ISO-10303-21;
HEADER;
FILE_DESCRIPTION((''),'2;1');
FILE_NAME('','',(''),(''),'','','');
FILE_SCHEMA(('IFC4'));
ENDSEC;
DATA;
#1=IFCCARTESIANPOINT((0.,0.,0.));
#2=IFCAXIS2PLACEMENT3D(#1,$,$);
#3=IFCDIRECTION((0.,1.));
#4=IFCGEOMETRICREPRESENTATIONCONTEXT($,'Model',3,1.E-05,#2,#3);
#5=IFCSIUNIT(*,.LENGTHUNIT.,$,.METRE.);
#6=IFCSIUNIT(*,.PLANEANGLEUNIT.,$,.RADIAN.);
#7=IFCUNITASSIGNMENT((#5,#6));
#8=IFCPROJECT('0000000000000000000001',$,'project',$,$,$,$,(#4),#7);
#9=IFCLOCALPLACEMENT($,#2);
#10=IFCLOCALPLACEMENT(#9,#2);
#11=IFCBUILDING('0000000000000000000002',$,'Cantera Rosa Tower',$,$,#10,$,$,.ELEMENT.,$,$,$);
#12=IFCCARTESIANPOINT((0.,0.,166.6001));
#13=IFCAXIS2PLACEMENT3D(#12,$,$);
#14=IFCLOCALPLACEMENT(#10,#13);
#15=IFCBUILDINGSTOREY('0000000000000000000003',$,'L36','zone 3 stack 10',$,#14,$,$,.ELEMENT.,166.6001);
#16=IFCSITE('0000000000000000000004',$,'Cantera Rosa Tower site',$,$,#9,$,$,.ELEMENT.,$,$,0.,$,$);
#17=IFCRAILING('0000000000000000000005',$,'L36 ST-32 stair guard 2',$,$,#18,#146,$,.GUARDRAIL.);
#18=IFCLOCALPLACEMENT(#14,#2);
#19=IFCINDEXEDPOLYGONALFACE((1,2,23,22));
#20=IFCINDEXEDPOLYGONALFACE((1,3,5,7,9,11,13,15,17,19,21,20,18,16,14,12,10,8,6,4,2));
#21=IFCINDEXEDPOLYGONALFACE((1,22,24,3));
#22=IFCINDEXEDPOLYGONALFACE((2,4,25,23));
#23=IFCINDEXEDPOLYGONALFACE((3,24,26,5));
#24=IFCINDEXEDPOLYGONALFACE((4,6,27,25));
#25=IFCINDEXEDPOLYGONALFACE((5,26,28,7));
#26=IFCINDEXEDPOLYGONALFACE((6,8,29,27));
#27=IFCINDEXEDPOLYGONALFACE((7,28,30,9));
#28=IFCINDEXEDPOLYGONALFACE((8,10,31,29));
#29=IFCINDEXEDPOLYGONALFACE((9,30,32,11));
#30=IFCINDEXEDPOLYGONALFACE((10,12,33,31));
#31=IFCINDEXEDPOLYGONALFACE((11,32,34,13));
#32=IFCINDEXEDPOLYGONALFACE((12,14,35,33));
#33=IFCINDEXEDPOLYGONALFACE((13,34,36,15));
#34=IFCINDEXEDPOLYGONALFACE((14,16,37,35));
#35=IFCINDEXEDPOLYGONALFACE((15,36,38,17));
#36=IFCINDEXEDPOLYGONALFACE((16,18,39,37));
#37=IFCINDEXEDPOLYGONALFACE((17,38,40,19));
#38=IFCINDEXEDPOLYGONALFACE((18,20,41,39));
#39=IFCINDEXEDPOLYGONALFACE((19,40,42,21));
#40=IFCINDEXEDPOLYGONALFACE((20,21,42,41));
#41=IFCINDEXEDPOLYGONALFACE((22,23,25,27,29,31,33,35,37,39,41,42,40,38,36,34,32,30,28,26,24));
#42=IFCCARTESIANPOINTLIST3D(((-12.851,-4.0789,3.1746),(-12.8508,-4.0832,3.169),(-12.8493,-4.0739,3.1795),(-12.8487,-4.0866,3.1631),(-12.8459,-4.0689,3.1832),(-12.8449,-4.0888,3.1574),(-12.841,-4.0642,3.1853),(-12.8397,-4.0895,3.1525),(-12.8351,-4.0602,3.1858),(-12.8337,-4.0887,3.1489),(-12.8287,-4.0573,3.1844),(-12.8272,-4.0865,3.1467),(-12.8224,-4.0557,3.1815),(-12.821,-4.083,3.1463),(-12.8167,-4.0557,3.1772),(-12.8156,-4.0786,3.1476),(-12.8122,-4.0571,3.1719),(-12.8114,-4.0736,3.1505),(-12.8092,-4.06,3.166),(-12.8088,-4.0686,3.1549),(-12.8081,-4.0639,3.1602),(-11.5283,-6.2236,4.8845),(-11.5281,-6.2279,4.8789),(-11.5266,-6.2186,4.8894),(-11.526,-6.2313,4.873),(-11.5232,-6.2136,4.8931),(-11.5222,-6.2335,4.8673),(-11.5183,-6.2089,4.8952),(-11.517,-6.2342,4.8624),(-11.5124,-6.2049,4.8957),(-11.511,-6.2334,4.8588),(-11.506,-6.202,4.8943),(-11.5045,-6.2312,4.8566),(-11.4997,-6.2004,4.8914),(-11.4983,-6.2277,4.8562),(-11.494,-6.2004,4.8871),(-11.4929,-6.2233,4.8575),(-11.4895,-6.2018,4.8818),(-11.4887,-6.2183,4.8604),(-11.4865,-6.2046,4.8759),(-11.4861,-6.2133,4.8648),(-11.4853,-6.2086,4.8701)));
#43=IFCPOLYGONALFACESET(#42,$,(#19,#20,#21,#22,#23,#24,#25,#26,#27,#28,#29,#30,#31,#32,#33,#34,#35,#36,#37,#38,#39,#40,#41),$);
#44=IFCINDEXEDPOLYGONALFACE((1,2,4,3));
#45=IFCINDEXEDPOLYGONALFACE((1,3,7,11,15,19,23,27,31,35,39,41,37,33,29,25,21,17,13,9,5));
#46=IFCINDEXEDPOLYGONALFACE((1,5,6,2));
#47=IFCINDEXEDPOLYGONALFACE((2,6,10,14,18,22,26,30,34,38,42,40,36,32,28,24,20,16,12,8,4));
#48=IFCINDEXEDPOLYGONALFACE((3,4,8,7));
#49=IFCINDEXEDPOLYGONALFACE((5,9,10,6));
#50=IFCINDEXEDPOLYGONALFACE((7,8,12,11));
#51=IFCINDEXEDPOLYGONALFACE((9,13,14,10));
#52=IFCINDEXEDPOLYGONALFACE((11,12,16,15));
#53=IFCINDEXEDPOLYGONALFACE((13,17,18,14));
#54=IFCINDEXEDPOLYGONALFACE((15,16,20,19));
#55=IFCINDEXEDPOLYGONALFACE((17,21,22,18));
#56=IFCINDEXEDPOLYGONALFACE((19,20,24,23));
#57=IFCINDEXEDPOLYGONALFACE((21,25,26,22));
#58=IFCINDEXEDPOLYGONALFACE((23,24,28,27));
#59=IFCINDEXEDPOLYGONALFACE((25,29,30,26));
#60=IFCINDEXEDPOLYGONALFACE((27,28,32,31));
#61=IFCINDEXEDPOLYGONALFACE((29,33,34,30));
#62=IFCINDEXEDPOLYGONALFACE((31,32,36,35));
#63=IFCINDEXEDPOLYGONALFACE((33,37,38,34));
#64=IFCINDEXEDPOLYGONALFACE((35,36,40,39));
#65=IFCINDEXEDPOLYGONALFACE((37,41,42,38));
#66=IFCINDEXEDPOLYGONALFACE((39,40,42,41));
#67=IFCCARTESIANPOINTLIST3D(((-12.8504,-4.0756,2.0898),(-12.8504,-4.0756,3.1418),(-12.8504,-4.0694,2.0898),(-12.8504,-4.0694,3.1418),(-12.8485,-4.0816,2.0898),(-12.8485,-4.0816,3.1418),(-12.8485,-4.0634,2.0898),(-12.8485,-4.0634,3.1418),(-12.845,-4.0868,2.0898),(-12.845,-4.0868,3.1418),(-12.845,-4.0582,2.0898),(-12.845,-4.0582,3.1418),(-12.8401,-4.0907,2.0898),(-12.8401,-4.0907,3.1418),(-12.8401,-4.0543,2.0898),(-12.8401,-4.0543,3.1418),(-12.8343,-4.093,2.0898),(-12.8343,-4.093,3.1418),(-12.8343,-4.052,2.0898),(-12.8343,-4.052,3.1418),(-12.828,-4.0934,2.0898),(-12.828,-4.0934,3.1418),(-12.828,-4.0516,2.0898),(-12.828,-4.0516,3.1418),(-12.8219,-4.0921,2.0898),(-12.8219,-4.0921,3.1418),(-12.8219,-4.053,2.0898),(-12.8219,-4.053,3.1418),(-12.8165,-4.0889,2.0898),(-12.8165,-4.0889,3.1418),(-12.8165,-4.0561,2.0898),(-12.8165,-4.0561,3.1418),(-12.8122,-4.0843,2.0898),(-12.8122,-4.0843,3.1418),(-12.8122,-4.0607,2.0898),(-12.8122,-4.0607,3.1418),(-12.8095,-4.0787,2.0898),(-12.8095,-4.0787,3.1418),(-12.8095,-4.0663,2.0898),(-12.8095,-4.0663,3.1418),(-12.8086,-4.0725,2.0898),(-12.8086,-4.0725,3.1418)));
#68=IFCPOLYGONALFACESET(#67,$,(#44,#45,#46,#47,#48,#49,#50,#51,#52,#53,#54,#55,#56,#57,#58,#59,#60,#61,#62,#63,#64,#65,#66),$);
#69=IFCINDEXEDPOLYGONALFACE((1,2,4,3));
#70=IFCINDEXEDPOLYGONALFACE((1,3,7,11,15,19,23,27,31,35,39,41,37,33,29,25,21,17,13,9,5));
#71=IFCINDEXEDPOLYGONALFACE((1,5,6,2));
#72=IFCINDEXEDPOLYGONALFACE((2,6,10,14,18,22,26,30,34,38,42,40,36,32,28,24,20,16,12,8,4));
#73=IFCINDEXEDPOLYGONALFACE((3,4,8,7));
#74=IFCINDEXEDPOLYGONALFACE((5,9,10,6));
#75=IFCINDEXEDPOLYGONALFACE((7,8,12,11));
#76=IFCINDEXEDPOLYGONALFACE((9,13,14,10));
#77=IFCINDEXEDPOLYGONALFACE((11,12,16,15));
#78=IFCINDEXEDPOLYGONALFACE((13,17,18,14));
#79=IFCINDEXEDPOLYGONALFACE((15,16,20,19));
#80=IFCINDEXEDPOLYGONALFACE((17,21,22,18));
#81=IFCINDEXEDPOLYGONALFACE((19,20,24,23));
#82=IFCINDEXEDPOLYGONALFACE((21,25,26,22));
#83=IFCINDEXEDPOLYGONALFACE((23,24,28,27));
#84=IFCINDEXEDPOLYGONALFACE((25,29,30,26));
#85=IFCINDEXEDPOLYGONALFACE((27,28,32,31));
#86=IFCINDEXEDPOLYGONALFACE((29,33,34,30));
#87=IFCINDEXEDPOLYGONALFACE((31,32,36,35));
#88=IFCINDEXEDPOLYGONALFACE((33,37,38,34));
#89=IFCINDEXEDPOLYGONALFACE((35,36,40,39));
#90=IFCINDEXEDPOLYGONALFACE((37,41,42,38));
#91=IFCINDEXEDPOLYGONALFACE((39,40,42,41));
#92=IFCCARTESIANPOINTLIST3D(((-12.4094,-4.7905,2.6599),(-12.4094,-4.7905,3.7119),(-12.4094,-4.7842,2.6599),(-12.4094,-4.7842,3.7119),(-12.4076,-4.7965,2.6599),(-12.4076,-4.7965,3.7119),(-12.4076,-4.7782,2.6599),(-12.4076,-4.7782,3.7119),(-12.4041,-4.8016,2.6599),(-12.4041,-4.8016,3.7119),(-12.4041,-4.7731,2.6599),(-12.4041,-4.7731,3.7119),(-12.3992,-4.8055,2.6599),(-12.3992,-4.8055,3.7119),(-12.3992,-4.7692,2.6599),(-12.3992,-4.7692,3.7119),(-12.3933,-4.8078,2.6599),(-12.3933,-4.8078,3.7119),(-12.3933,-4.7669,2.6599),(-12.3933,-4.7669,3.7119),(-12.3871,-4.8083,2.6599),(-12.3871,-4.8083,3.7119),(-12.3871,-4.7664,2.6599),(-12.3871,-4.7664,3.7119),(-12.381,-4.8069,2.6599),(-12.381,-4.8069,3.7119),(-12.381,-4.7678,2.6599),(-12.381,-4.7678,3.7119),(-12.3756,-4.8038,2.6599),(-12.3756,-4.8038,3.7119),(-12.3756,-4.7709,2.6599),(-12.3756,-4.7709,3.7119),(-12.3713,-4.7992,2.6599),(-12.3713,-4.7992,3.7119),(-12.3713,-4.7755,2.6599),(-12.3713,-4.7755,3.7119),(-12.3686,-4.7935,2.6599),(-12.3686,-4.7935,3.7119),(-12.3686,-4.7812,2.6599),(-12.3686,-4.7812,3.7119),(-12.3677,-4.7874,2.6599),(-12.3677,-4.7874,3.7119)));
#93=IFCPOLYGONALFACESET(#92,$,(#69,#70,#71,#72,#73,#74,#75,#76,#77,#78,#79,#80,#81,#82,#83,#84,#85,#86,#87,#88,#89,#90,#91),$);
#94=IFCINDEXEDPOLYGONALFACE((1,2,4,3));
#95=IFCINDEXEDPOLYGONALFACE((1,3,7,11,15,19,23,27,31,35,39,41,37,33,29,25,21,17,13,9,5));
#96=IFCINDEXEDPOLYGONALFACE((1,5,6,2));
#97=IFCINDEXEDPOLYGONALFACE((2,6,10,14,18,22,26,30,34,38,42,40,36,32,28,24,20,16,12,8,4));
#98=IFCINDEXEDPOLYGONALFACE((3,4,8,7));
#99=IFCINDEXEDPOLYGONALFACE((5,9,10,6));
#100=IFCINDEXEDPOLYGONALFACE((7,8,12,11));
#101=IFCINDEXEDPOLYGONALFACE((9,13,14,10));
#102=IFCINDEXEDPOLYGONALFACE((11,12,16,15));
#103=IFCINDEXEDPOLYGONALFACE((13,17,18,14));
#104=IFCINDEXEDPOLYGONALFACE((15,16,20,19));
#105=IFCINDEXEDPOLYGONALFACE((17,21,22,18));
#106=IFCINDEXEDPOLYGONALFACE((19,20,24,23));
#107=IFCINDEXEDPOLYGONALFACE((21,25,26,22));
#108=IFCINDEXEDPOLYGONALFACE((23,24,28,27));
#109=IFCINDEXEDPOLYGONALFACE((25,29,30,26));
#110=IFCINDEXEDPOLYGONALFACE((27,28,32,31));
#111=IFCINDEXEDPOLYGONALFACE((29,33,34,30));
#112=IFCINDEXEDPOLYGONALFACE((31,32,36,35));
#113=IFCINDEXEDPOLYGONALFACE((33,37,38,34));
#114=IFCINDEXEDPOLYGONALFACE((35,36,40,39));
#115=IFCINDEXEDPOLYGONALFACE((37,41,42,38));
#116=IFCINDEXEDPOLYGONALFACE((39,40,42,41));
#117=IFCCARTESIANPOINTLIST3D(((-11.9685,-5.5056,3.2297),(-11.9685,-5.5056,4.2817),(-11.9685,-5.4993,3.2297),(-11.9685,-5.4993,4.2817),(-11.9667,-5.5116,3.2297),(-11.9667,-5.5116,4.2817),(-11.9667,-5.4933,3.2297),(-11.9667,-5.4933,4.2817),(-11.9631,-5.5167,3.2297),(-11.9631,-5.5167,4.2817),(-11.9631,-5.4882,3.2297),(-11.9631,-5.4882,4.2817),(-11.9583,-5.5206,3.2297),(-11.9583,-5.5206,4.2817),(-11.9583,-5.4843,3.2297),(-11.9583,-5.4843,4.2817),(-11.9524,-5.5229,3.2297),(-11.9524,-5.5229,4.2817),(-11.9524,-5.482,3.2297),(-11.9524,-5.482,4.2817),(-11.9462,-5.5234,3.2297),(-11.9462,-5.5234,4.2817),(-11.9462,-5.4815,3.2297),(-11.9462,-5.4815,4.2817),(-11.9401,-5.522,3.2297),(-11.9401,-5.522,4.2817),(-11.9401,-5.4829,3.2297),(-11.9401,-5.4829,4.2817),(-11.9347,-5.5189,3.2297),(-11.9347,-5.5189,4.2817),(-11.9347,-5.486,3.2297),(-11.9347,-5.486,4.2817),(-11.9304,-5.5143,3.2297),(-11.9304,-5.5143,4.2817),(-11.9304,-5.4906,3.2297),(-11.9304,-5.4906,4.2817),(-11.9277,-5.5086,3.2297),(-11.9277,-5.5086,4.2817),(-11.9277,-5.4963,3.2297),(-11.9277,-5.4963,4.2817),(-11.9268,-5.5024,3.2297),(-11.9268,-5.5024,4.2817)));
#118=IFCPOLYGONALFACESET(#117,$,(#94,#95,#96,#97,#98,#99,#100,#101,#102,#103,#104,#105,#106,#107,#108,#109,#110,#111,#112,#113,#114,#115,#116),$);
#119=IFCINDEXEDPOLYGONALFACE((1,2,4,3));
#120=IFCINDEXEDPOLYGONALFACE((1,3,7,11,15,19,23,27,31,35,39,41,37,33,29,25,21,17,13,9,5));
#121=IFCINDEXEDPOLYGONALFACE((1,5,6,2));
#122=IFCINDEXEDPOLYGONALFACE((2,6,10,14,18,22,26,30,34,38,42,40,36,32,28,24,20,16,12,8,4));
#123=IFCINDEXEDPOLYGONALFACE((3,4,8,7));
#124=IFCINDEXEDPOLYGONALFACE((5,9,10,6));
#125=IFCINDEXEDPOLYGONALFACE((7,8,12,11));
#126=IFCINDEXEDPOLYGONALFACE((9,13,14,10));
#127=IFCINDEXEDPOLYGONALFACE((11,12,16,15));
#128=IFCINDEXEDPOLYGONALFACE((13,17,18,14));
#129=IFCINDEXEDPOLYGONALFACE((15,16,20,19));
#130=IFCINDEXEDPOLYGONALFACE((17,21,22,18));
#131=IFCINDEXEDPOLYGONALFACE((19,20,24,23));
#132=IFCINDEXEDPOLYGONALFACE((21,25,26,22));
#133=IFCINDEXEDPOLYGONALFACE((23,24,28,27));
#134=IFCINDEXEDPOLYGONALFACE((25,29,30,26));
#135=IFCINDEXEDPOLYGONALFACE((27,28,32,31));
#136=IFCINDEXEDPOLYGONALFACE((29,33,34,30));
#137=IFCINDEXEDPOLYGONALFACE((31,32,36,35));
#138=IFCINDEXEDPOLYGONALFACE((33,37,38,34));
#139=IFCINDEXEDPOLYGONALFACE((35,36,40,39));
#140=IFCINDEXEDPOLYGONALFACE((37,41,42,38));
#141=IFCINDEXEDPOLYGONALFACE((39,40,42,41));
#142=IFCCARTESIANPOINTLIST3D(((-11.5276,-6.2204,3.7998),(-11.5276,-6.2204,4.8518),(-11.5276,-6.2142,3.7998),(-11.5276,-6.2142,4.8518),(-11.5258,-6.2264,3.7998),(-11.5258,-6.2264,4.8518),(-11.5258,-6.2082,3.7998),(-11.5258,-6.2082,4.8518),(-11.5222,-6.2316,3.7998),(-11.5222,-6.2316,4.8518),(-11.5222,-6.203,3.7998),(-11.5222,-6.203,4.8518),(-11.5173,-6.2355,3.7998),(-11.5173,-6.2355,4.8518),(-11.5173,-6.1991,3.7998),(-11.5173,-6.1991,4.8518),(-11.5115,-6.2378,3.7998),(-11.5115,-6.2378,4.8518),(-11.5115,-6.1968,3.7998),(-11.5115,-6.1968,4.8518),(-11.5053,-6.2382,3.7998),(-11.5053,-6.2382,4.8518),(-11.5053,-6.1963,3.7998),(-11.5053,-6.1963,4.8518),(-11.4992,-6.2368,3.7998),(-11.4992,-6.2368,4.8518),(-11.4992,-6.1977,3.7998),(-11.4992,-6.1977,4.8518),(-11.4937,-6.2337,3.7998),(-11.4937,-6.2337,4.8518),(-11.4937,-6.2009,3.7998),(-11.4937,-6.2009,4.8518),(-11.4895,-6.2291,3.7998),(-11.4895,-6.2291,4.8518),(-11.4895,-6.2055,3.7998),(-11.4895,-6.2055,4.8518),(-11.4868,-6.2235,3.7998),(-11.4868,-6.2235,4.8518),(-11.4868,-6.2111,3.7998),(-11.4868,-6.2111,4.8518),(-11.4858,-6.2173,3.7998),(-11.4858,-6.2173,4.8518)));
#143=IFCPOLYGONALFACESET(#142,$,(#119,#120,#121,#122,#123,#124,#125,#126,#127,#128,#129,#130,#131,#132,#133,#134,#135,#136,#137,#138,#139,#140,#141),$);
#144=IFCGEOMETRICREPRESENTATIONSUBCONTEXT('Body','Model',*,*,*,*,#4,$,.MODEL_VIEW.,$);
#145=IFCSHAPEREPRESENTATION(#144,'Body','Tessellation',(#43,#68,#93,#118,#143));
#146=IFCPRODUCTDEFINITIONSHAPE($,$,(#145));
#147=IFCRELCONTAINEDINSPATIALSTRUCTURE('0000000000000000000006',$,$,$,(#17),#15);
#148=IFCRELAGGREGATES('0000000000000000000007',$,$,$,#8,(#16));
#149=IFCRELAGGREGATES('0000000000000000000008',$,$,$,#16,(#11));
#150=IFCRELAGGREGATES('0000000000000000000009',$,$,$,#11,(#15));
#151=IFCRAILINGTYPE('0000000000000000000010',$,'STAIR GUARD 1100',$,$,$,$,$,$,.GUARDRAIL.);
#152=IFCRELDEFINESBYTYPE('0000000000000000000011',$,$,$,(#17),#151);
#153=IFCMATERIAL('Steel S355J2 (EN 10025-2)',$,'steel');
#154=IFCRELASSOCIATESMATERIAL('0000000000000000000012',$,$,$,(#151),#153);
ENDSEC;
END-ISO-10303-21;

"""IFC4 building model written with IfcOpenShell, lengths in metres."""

from ifc_helpers import new_model, si_unit, direction, frame, origin, origin_2d, place, context, subcontext, project, spatial, circle, extrude, material, type_object, element, save


model = new_model("IFC4")

# Units and contexts
model_context = context("Model", 3, precision=1e-05, world=origin(), true_north=direction((0.0, 1.0)))
body_context = subcontext(model_context, "Body", "Model", "MODEL_VIEW")
ifc_project = project(units=[si_unit("LENGTHUNIT", "METRE"), si_unit("PLANEANGLEUNIT", "RADIAN")], contexts=[model_context])

# Site, building, storey
site_placement = place(None, origin())
site = spatial("IfcSite", under=ifc_project, at=site_placement, Name="Cantera Rosa Tower site", CompositionType="ELEMENT", RefElevation=0.0)
building_placement = place(site_placement, origin())
building = spatial("IfcBuilding", under=site, at=building_placement, Name="Cantera Rosa Tower", CompositionType="ELEMENT")
storey_placement = place(building_placement, frame((0.0, 0.0, 166.6001)))
storey = spatial("IfcBuildingStorey", under=building, at=storey_placement, Name="L36", Description="zone 3 stack 10", CompositionType="ELEMENT", Elevation=166.6001)

# Railing
ifc_material_1 = material(Name="Steel S355J2 (EN 10025-2)", Category="steel")
railing_type_1 = type_object("IfcRailingType", Name="STAIR GUARD 1100", PredefinedType="GUARDRAIL", material=ifc_material_1)
railing_1_placement = place(storey_placement, frame((-12.8296, -4.0725, 2.0898)))
element("IfcRailing", 1, at=railing_1_placement, inside=storey, type_object=railing_type_1, Name="L36 ST-32 stair guard 2", PredefinedType="GUARDRAIL", context=body_context, shape_type="SweptSolid", body=[
    extrude(circle(Radius=0.0239, at=origin_2d()), frame((0.0, 0.0, 1.0762), z_axis=(0.434363, -0.704296, 0.561513), x_axis=(0.851146, 0.52493, 0.0)), (0.0, 0.0, 1.0), 3.0452),
    extrude(circle(Radius=0.021, at=origin_2d()), origin(), (0.0, 0.0, 1.0), 1.052),
    extrude(circle(Radius=0.021, at=origin_2d()), frame((0.4409, -0.7148, 0.5701)), (0.0, 0.0, 1.0), 1.052),
    extrude(circle(Radius=0.021, at=origin_2d()), frame((0.8818, -1.4299, 1.1399)), (0.0, 0.0, 1.0), 1.052),
    extrude(circle(Radius=0.021, at=origin_2d()), frame((1.3228, -2.1448, 1.71)), (0.0, 0.0, 1.0), 1.052),
])

save(model, "model.ifc")
